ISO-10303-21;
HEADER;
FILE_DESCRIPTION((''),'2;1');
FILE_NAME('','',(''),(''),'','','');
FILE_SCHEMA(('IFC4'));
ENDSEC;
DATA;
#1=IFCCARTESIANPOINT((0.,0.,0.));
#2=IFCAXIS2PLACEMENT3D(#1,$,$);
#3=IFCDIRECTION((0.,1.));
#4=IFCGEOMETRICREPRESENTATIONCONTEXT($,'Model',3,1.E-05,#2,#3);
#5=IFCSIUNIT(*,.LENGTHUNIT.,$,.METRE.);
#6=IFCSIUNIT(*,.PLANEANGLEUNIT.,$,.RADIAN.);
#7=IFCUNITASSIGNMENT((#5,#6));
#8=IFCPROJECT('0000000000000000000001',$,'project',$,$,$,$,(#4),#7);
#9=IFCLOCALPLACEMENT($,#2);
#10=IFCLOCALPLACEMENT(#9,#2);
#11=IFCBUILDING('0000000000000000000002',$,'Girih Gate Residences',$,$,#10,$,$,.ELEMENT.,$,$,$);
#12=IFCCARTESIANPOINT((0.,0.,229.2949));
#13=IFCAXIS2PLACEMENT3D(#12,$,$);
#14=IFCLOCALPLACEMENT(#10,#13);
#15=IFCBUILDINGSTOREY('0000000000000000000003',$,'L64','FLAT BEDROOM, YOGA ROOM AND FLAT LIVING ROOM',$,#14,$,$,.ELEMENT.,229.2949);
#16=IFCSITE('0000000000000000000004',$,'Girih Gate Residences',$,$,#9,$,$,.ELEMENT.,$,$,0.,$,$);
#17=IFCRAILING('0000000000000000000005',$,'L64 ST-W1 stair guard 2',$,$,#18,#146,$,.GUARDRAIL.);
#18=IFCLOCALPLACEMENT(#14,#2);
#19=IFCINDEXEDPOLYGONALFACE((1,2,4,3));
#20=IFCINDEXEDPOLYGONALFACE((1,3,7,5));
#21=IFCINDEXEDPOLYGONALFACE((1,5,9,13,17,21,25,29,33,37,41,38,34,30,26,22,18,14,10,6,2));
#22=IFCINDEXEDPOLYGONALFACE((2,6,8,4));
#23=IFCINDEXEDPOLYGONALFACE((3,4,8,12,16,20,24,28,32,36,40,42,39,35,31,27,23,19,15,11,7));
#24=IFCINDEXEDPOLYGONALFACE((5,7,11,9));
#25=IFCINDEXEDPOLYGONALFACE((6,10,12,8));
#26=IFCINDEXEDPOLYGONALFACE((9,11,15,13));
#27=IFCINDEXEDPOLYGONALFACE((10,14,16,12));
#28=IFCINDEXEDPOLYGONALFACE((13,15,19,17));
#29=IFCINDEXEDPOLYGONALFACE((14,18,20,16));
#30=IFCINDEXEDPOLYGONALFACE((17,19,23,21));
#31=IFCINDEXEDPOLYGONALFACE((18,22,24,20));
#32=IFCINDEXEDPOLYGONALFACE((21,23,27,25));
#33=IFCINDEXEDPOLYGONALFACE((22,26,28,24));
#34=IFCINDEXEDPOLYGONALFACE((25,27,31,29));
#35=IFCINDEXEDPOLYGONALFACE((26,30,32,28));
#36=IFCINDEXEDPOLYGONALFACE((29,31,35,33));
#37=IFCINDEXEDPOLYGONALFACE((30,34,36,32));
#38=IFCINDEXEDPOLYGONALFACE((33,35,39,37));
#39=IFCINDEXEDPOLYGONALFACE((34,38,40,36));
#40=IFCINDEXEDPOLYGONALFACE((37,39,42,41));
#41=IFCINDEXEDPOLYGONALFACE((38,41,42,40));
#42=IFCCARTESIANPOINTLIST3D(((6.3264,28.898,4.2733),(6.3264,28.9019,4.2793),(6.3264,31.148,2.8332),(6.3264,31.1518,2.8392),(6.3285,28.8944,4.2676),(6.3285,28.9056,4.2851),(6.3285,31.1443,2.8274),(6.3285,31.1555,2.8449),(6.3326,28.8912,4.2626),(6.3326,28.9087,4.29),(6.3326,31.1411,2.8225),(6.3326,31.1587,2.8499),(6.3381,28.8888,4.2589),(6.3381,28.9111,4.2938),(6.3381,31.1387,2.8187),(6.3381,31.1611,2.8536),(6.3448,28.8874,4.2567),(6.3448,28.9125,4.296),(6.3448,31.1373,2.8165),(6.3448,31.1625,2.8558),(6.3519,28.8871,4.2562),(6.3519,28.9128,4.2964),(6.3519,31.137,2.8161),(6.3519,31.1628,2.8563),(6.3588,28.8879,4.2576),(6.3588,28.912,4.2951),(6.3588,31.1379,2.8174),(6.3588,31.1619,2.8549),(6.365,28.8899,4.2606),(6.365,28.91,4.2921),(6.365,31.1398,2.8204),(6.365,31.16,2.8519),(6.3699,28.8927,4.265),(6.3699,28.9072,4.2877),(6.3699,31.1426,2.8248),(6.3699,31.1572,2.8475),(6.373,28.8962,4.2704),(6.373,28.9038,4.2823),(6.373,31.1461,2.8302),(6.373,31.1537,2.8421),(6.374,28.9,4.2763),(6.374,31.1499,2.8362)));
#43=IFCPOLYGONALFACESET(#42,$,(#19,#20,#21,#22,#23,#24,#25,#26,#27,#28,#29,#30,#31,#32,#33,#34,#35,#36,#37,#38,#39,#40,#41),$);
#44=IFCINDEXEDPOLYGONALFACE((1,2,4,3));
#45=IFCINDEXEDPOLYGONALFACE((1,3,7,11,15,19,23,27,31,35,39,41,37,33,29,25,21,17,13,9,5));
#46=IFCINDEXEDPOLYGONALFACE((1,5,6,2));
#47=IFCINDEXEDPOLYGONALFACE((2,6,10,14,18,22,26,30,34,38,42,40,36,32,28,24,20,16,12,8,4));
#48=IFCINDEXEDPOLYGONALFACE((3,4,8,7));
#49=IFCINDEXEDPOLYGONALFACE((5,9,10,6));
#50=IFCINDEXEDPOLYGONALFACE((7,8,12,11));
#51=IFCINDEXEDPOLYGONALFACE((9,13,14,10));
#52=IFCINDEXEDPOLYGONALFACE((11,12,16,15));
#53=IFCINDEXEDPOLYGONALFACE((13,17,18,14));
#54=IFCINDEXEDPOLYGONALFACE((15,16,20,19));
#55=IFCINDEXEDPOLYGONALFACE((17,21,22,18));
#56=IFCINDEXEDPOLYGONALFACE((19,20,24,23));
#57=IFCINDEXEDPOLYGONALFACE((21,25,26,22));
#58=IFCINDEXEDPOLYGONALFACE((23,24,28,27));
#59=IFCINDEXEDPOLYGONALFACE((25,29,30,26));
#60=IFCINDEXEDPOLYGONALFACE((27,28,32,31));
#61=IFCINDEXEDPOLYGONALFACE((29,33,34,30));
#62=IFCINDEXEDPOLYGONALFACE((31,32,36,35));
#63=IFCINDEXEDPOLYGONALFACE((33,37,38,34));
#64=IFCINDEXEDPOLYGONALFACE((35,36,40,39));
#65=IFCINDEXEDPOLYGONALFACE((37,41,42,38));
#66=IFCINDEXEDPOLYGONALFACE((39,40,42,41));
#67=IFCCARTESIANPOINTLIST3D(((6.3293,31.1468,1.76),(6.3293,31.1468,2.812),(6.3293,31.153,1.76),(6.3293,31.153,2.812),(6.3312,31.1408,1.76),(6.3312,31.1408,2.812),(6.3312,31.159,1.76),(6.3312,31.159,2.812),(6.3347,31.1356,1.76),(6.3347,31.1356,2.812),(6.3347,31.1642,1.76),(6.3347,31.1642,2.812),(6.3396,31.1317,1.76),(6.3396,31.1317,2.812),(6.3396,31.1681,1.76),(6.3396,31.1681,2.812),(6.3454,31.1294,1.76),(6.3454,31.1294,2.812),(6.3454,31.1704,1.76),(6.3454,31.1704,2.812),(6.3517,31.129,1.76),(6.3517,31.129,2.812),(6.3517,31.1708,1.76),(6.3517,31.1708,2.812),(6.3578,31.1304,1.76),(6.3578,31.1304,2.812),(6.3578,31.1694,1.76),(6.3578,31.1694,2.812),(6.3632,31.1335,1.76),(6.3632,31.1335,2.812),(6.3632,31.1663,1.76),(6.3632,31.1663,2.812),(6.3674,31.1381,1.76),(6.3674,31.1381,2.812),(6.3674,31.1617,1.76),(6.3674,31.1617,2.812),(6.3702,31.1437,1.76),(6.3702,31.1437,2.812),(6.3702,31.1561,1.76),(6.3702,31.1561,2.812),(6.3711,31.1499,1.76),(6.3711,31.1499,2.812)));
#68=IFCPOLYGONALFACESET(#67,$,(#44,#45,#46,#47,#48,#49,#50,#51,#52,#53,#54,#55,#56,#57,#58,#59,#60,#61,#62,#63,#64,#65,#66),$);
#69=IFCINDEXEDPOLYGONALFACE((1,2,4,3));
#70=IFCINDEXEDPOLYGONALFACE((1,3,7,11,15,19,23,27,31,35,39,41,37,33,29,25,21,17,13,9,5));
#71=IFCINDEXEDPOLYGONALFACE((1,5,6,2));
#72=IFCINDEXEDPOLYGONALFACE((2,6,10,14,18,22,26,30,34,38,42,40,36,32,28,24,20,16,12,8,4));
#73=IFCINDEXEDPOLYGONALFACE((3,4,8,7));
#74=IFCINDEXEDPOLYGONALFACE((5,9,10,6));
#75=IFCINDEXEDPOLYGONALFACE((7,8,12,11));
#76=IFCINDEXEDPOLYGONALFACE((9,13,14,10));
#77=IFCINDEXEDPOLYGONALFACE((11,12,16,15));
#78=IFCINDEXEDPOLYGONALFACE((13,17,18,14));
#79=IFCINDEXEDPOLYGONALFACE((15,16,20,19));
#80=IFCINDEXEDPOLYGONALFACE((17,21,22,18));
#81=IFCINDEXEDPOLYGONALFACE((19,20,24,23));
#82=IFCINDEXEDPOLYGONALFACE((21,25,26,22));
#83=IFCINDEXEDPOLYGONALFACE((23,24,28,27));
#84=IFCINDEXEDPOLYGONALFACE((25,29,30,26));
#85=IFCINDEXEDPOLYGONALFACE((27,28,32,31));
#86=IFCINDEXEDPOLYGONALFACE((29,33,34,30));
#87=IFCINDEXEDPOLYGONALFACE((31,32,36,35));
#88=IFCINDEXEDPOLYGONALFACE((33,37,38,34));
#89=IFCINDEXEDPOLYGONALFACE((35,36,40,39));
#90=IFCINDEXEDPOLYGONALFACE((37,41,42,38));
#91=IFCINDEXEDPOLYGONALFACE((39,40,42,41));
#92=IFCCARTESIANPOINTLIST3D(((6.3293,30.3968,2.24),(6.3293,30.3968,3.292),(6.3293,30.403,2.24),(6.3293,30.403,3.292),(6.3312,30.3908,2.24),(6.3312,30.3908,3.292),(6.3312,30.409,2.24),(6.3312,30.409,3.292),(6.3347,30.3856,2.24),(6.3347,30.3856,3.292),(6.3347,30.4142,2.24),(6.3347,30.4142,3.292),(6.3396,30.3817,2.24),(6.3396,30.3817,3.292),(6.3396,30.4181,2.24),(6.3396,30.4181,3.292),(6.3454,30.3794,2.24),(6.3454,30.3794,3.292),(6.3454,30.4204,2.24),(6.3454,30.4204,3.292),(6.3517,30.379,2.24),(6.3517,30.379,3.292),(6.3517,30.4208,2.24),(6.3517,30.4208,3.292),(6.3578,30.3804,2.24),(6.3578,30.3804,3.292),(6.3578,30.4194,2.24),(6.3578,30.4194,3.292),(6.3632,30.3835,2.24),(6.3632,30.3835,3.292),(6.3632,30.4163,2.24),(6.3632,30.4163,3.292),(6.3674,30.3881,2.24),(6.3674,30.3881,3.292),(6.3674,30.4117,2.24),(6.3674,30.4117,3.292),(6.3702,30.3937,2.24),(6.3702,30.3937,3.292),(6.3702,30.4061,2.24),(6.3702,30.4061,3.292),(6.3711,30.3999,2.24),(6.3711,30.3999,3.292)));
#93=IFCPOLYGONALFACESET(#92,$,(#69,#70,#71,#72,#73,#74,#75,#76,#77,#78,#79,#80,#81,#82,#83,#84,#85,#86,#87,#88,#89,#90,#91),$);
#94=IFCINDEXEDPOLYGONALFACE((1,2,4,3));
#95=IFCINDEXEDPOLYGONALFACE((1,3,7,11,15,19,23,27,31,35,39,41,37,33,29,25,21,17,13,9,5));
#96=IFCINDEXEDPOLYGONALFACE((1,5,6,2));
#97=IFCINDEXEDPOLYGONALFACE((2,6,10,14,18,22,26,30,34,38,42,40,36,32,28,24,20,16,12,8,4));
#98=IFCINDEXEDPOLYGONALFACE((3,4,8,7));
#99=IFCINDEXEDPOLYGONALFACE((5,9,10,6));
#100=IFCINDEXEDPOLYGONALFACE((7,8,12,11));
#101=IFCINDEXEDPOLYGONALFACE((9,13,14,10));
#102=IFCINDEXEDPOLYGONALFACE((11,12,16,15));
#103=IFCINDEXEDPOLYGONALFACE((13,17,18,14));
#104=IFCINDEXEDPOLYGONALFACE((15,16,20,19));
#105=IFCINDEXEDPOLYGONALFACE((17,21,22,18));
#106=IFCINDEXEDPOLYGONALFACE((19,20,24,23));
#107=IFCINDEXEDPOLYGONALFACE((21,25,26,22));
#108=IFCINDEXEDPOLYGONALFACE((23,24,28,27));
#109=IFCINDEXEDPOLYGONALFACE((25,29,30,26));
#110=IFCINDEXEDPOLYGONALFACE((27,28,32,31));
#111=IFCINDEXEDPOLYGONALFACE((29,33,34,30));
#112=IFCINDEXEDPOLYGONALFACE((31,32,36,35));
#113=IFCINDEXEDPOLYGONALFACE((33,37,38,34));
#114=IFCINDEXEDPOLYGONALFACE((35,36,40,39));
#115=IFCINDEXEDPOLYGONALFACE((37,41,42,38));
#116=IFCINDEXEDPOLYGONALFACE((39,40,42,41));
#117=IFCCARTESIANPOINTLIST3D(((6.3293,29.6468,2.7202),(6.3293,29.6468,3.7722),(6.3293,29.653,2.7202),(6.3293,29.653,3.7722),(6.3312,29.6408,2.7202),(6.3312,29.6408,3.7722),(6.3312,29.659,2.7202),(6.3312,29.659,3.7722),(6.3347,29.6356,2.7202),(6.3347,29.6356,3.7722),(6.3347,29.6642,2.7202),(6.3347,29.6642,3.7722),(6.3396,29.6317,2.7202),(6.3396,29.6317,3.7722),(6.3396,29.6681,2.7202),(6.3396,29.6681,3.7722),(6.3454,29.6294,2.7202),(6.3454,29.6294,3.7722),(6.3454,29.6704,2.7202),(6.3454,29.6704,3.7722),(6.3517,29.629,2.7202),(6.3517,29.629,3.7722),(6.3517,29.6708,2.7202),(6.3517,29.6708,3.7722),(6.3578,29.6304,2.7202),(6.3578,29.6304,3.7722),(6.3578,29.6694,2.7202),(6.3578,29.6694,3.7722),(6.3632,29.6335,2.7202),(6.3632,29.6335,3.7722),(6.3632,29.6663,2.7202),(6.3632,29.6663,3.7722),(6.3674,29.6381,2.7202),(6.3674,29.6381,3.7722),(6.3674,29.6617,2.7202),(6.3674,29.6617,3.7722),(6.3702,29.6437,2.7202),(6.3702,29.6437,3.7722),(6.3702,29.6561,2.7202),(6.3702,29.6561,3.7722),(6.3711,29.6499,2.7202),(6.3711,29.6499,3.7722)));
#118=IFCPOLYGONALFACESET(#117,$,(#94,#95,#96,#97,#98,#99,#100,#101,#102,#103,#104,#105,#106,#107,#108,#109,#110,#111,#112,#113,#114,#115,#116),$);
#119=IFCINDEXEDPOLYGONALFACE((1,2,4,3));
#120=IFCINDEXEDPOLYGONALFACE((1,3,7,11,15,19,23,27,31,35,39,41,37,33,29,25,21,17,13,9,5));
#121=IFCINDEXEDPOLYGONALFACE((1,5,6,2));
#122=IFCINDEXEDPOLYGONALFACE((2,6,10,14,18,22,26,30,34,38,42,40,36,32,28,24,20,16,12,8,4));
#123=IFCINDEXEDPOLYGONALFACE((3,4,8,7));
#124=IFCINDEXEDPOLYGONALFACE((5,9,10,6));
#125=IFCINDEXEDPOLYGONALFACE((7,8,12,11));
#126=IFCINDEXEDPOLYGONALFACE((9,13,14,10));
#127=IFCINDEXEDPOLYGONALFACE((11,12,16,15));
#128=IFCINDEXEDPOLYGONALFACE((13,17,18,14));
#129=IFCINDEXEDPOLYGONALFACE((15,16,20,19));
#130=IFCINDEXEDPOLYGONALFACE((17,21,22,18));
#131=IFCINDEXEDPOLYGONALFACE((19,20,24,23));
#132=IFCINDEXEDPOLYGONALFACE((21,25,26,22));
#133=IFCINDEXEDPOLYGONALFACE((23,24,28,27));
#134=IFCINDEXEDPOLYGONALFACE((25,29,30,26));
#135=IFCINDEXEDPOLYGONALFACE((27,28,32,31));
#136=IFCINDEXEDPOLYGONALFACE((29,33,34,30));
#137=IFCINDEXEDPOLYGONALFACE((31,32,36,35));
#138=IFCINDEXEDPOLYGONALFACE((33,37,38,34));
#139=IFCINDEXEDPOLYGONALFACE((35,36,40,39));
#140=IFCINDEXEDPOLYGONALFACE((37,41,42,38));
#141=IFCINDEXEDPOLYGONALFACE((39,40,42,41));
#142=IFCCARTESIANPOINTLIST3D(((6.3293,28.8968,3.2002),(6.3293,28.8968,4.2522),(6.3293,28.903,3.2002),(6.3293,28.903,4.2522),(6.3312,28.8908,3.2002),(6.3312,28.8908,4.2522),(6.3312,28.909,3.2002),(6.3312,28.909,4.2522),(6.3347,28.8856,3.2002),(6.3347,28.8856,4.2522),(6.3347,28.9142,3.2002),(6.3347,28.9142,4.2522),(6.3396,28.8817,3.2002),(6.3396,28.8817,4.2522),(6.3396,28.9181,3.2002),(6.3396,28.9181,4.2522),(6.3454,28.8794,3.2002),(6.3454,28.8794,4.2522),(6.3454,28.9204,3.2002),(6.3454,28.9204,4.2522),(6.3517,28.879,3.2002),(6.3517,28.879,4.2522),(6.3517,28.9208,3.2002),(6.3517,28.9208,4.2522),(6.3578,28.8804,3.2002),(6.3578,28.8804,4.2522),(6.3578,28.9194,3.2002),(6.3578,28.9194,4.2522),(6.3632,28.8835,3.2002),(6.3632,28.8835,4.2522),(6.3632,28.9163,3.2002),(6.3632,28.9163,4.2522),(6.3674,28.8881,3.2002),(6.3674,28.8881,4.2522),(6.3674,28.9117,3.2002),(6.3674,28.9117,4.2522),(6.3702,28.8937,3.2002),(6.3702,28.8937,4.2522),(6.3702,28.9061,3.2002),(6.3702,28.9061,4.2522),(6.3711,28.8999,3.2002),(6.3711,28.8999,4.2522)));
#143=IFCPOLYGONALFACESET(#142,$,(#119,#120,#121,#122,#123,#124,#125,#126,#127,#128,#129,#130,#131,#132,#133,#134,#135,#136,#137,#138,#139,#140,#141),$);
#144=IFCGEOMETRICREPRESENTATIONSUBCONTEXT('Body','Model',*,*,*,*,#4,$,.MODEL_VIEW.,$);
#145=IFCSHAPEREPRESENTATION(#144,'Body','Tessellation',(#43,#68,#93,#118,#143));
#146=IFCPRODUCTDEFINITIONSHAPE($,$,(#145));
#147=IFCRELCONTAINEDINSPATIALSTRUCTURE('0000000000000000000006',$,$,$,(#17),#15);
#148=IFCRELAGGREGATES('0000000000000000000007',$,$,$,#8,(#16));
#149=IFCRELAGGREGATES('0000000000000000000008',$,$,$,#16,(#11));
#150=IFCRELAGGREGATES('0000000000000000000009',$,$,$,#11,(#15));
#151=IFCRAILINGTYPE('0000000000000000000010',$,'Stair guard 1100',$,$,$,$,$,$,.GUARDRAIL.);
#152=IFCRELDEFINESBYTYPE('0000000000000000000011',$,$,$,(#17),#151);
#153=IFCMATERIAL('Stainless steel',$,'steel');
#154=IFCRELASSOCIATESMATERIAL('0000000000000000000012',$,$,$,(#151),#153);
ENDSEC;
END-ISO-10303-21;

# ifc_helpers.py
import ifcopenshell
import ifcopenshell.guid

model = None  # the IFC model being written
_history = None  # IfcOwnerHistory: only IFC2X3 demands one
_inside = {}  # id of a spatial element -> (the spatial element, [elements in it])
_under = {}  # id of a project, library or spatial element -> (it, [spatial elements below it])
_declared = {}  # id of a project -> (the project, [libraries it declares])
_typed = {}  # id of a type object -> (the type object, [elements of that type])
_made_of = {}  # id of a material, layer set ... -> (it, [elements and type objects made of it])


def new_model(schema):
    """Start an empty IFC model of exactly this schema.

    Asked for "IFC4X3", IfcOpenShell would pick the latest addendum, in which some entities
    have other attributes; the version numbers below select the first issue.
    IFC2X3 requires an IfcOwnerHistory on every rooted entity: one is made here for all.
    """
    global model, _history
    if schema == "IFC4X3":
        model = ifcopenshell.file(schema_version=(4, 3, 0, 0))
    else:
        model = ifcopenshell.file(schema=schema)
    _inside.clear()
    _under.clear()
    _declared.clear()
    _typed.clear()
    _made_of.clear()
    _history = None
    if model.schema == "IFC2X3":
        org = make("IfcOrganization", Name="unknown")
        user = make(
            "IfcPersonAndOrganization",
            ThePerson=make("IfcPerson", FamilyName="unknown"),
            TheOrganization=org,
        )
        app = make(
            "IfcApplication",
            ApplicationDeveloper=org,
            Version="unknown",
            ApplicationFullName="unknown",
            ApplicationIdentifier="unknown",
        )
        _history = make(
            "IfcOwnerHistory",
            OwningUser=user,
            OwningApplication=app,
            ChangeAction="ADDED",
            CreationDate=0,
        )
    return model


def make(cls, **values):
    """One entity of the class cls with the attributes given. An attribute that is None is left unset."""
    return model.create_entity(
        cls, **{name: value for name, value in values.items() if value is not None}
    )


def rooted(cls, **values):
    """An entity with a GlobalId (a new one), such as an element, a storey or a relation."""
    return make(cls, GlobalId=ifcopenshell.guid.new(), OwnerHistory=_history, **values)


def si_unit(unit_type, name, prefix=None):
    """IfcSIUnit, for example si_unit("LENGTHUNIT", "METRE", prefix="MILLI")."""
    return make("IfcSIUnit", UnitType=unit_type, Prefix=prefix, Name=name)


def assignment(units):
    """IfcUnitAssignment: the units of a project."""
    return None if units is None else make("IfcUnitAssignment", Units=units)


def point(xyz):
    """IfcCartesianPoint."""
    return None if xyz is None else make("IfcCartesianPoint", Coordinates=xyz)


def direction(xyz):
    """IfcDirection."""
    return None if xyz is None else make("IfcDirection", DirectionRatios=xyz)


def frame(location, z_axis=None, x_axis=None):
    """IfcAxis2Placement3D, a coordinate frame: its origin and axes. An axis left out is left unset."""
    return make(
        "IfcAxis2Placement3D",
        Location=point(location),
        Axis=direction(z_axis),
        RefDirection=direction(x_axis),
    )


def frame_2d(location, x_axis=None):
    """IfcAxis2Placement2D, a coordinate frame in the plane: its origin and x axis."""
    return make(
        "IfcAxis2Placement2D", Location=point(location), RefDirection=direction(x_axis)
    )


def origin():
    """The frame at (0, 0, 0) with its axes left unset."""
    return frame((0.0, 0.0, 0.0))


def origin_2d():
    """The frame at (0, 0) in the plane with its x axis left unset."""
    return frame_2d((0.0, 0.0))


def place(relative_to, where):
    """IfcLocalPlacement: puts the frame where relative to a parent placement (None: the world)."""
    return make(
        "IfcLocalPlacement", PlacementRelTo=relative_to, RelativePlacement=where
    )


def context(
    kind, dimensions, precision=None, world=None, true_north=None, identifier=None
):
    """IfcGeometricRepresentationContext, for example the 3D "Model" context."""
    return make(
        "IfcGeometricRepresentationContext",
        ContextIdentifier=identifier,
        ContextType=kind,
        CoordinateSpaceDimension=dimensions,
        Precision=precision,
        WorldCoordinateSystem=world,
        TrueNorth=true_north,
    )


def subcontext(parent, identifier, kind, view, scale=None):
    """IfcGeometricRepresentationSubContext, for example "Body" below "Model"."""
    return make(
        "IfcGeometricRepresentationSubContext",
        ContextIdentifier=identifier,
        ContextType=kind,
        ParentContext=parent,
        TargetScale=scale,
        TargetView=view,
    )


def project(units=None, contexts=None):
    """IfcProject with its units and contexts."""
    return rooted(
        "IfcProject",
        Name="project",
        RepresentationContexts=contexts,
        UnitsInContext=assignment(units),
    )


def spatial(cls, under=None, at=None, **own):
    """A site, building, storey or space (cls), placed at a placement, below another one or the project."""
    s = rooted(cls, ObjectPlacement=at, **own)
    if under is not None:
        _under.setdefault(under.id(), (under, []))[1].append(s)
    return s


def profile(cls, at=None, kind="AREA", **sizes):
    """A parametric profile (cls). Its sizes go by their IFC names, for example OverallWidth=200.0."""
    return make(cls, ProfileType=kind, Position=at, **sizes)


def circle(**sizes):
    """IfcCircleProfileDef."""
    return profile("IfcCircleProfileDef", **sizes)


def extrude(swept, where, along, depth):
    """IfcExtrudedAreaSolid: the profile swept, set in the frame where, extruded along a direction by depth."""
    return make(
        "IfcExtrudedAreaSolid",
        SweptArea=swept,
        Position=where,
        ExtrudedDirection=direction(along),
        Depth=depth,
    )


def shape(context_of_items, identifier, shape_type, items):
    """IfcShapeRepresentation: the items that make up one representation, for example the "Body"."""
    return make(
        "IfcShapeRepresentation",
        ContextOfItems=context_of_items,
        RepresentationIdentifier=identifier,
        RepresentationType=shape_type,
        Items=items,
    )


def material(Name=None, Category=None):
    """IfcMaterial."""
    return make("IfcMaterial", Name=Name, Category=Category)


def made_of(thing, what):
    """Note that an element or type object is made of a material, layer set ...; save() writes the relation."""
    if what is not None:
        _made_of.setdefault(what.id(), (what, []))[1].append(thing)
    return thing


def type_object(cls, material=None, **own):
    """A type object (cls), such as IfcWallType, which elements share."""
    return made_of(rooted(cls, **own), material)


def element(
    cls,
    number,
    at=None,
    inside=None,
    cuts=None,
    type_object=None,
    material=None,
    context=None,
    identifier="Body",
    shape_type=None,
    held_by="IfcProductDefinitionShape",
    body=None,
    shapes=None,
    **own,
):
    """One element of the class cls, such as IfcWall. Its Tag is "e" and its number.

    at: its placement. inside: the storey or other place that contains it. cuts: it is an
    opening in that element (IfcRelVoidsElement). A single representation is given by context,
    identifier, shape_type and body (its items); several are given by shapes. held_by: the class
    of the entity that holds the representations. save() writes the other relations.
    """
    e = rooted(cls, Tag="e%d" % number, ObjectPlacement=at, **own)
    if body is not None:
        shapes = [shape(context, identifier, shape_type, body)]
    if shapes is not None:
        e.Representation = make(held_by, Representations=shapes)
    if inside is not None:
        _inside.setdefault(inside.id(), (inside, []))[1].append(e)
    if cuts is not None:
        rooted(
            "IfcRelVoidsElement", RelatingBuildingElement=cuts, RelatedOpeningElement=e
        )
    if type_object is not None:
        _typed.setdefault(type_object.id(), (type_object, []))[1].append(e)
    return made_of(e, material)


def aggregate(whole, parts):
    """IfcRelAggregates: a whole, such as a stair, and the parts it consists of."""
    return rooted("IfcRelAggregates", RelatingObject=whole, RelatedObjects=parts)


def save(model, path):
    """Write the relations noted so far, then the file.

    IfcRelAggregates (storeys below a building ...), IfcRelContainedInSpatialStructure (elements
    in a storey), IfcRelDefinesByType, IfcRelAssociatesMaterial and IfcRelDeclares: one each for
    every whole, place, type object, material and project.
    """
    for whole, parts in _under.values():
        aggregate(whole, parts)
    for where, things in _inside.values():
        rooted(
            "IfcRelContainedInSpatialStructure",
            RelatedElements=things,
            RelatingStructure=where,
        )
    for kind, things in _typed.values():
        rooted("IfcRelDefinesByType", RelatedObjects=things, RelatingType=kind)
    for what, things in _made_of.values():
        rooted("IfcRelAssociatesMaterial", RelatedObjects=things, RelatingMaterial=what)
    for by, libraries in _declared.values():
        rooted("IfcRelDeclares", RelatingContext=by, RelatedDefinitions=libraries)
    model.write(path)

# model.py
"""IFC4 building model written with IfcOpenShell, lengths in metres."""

from ifc_helpers import new_model, si_unit, direction, frame, origin, origin_2d, place, context, subcontext, project, spatial, circle, extrude, material, type_object, element, save


model = new_model("IFC4")

# Units and contexts
model_context = context("Model", 3, precision=1e-05, world=origin(), true_north=direction((0.0, 1.0)))
body_context = subcontext(model_context, "Body", "Model", "MODEL_VIEW")
ifc_project = project(units=[si_unit("LENGTHUNIT", "METRE"), si_unit("PLANEANGLEUNIT", "RADIAN")], contexts=[model_context])

# Site, building, storey
site_placement = place(None, origin())
site = spatial("IfcSite", under=ifc_project, at=site_placement, Name="Girih Gate Residences", CompositionType="ELEMENT", RefElevation=0.0)
building_placement = place(site_placement, origin())
building = spatial("IfcBuilding", under=site, at=building_placement, Name="Girih Gate Residences", CompositionType="ELEMENT")
storey_placement = place(building_placement, frame((0.0, 0.0, 229.2949)))
storey = spatial("IfcBuildingStorey", under=building, at=storey_placement, Name="L64", Description="FLAT BEDROOM, YOGA ROOM AND FLAT LIVING ROOM", CompositionType="ELEMENT", Elevation=229.2949)

# Railing
ifc_material_1 = material(Name="Stainless steel", Category="steel")
railing_type_1 = type_object("IfcRailingType", Name="Stair guard 1100", PredefinedType="GUARDRAIL", material=ifc_material_1)
railing_1_placement = place(storey_placement, frame((6.3501, 31.1499, 1.76)))
element("IfcRailing", 1, at=railing_1_placement, inside=storey, type_object=railing_type_1, Name="L64 ST-W1 stair guard 2", PredefinedType="GUARDRAIL", context=body_context, shape_type="SweptSolid", body=[
    extrude(circle(Radius=0.0239, at=origin_2d()), frame((0.0, 0.0, 1.0762), z_axis=(0.0, -0.84224, 0.539103), x_axis=(1.0, 0.0, 0.0)), (0.0, 0.0, 1.0), 2.6714),
    extrude(circle(Radius=0.021, at=origin_2d()), origin(), (0.0, 0.0, 1.0), 1.052),
    extrude(circle(Radius=0.021, at=origin_2d()), frame((0.0, -0.75, 0.48)), (0.0, 0.0, 1.0), 1.052),
    extrude(circle(Radius=0.021, at=origin_2d()), frame((0.0, -1.5, 0.9602)), (0.0, 0.0, 1.0), 1.052),
    extrude(circle(Radius=0.021, at=origin_2d()), frame((0.0, -2.25, 1.4402)), (0.0, 0.0, 1.0), 1.052),
])

save(model, "model.ifc")
